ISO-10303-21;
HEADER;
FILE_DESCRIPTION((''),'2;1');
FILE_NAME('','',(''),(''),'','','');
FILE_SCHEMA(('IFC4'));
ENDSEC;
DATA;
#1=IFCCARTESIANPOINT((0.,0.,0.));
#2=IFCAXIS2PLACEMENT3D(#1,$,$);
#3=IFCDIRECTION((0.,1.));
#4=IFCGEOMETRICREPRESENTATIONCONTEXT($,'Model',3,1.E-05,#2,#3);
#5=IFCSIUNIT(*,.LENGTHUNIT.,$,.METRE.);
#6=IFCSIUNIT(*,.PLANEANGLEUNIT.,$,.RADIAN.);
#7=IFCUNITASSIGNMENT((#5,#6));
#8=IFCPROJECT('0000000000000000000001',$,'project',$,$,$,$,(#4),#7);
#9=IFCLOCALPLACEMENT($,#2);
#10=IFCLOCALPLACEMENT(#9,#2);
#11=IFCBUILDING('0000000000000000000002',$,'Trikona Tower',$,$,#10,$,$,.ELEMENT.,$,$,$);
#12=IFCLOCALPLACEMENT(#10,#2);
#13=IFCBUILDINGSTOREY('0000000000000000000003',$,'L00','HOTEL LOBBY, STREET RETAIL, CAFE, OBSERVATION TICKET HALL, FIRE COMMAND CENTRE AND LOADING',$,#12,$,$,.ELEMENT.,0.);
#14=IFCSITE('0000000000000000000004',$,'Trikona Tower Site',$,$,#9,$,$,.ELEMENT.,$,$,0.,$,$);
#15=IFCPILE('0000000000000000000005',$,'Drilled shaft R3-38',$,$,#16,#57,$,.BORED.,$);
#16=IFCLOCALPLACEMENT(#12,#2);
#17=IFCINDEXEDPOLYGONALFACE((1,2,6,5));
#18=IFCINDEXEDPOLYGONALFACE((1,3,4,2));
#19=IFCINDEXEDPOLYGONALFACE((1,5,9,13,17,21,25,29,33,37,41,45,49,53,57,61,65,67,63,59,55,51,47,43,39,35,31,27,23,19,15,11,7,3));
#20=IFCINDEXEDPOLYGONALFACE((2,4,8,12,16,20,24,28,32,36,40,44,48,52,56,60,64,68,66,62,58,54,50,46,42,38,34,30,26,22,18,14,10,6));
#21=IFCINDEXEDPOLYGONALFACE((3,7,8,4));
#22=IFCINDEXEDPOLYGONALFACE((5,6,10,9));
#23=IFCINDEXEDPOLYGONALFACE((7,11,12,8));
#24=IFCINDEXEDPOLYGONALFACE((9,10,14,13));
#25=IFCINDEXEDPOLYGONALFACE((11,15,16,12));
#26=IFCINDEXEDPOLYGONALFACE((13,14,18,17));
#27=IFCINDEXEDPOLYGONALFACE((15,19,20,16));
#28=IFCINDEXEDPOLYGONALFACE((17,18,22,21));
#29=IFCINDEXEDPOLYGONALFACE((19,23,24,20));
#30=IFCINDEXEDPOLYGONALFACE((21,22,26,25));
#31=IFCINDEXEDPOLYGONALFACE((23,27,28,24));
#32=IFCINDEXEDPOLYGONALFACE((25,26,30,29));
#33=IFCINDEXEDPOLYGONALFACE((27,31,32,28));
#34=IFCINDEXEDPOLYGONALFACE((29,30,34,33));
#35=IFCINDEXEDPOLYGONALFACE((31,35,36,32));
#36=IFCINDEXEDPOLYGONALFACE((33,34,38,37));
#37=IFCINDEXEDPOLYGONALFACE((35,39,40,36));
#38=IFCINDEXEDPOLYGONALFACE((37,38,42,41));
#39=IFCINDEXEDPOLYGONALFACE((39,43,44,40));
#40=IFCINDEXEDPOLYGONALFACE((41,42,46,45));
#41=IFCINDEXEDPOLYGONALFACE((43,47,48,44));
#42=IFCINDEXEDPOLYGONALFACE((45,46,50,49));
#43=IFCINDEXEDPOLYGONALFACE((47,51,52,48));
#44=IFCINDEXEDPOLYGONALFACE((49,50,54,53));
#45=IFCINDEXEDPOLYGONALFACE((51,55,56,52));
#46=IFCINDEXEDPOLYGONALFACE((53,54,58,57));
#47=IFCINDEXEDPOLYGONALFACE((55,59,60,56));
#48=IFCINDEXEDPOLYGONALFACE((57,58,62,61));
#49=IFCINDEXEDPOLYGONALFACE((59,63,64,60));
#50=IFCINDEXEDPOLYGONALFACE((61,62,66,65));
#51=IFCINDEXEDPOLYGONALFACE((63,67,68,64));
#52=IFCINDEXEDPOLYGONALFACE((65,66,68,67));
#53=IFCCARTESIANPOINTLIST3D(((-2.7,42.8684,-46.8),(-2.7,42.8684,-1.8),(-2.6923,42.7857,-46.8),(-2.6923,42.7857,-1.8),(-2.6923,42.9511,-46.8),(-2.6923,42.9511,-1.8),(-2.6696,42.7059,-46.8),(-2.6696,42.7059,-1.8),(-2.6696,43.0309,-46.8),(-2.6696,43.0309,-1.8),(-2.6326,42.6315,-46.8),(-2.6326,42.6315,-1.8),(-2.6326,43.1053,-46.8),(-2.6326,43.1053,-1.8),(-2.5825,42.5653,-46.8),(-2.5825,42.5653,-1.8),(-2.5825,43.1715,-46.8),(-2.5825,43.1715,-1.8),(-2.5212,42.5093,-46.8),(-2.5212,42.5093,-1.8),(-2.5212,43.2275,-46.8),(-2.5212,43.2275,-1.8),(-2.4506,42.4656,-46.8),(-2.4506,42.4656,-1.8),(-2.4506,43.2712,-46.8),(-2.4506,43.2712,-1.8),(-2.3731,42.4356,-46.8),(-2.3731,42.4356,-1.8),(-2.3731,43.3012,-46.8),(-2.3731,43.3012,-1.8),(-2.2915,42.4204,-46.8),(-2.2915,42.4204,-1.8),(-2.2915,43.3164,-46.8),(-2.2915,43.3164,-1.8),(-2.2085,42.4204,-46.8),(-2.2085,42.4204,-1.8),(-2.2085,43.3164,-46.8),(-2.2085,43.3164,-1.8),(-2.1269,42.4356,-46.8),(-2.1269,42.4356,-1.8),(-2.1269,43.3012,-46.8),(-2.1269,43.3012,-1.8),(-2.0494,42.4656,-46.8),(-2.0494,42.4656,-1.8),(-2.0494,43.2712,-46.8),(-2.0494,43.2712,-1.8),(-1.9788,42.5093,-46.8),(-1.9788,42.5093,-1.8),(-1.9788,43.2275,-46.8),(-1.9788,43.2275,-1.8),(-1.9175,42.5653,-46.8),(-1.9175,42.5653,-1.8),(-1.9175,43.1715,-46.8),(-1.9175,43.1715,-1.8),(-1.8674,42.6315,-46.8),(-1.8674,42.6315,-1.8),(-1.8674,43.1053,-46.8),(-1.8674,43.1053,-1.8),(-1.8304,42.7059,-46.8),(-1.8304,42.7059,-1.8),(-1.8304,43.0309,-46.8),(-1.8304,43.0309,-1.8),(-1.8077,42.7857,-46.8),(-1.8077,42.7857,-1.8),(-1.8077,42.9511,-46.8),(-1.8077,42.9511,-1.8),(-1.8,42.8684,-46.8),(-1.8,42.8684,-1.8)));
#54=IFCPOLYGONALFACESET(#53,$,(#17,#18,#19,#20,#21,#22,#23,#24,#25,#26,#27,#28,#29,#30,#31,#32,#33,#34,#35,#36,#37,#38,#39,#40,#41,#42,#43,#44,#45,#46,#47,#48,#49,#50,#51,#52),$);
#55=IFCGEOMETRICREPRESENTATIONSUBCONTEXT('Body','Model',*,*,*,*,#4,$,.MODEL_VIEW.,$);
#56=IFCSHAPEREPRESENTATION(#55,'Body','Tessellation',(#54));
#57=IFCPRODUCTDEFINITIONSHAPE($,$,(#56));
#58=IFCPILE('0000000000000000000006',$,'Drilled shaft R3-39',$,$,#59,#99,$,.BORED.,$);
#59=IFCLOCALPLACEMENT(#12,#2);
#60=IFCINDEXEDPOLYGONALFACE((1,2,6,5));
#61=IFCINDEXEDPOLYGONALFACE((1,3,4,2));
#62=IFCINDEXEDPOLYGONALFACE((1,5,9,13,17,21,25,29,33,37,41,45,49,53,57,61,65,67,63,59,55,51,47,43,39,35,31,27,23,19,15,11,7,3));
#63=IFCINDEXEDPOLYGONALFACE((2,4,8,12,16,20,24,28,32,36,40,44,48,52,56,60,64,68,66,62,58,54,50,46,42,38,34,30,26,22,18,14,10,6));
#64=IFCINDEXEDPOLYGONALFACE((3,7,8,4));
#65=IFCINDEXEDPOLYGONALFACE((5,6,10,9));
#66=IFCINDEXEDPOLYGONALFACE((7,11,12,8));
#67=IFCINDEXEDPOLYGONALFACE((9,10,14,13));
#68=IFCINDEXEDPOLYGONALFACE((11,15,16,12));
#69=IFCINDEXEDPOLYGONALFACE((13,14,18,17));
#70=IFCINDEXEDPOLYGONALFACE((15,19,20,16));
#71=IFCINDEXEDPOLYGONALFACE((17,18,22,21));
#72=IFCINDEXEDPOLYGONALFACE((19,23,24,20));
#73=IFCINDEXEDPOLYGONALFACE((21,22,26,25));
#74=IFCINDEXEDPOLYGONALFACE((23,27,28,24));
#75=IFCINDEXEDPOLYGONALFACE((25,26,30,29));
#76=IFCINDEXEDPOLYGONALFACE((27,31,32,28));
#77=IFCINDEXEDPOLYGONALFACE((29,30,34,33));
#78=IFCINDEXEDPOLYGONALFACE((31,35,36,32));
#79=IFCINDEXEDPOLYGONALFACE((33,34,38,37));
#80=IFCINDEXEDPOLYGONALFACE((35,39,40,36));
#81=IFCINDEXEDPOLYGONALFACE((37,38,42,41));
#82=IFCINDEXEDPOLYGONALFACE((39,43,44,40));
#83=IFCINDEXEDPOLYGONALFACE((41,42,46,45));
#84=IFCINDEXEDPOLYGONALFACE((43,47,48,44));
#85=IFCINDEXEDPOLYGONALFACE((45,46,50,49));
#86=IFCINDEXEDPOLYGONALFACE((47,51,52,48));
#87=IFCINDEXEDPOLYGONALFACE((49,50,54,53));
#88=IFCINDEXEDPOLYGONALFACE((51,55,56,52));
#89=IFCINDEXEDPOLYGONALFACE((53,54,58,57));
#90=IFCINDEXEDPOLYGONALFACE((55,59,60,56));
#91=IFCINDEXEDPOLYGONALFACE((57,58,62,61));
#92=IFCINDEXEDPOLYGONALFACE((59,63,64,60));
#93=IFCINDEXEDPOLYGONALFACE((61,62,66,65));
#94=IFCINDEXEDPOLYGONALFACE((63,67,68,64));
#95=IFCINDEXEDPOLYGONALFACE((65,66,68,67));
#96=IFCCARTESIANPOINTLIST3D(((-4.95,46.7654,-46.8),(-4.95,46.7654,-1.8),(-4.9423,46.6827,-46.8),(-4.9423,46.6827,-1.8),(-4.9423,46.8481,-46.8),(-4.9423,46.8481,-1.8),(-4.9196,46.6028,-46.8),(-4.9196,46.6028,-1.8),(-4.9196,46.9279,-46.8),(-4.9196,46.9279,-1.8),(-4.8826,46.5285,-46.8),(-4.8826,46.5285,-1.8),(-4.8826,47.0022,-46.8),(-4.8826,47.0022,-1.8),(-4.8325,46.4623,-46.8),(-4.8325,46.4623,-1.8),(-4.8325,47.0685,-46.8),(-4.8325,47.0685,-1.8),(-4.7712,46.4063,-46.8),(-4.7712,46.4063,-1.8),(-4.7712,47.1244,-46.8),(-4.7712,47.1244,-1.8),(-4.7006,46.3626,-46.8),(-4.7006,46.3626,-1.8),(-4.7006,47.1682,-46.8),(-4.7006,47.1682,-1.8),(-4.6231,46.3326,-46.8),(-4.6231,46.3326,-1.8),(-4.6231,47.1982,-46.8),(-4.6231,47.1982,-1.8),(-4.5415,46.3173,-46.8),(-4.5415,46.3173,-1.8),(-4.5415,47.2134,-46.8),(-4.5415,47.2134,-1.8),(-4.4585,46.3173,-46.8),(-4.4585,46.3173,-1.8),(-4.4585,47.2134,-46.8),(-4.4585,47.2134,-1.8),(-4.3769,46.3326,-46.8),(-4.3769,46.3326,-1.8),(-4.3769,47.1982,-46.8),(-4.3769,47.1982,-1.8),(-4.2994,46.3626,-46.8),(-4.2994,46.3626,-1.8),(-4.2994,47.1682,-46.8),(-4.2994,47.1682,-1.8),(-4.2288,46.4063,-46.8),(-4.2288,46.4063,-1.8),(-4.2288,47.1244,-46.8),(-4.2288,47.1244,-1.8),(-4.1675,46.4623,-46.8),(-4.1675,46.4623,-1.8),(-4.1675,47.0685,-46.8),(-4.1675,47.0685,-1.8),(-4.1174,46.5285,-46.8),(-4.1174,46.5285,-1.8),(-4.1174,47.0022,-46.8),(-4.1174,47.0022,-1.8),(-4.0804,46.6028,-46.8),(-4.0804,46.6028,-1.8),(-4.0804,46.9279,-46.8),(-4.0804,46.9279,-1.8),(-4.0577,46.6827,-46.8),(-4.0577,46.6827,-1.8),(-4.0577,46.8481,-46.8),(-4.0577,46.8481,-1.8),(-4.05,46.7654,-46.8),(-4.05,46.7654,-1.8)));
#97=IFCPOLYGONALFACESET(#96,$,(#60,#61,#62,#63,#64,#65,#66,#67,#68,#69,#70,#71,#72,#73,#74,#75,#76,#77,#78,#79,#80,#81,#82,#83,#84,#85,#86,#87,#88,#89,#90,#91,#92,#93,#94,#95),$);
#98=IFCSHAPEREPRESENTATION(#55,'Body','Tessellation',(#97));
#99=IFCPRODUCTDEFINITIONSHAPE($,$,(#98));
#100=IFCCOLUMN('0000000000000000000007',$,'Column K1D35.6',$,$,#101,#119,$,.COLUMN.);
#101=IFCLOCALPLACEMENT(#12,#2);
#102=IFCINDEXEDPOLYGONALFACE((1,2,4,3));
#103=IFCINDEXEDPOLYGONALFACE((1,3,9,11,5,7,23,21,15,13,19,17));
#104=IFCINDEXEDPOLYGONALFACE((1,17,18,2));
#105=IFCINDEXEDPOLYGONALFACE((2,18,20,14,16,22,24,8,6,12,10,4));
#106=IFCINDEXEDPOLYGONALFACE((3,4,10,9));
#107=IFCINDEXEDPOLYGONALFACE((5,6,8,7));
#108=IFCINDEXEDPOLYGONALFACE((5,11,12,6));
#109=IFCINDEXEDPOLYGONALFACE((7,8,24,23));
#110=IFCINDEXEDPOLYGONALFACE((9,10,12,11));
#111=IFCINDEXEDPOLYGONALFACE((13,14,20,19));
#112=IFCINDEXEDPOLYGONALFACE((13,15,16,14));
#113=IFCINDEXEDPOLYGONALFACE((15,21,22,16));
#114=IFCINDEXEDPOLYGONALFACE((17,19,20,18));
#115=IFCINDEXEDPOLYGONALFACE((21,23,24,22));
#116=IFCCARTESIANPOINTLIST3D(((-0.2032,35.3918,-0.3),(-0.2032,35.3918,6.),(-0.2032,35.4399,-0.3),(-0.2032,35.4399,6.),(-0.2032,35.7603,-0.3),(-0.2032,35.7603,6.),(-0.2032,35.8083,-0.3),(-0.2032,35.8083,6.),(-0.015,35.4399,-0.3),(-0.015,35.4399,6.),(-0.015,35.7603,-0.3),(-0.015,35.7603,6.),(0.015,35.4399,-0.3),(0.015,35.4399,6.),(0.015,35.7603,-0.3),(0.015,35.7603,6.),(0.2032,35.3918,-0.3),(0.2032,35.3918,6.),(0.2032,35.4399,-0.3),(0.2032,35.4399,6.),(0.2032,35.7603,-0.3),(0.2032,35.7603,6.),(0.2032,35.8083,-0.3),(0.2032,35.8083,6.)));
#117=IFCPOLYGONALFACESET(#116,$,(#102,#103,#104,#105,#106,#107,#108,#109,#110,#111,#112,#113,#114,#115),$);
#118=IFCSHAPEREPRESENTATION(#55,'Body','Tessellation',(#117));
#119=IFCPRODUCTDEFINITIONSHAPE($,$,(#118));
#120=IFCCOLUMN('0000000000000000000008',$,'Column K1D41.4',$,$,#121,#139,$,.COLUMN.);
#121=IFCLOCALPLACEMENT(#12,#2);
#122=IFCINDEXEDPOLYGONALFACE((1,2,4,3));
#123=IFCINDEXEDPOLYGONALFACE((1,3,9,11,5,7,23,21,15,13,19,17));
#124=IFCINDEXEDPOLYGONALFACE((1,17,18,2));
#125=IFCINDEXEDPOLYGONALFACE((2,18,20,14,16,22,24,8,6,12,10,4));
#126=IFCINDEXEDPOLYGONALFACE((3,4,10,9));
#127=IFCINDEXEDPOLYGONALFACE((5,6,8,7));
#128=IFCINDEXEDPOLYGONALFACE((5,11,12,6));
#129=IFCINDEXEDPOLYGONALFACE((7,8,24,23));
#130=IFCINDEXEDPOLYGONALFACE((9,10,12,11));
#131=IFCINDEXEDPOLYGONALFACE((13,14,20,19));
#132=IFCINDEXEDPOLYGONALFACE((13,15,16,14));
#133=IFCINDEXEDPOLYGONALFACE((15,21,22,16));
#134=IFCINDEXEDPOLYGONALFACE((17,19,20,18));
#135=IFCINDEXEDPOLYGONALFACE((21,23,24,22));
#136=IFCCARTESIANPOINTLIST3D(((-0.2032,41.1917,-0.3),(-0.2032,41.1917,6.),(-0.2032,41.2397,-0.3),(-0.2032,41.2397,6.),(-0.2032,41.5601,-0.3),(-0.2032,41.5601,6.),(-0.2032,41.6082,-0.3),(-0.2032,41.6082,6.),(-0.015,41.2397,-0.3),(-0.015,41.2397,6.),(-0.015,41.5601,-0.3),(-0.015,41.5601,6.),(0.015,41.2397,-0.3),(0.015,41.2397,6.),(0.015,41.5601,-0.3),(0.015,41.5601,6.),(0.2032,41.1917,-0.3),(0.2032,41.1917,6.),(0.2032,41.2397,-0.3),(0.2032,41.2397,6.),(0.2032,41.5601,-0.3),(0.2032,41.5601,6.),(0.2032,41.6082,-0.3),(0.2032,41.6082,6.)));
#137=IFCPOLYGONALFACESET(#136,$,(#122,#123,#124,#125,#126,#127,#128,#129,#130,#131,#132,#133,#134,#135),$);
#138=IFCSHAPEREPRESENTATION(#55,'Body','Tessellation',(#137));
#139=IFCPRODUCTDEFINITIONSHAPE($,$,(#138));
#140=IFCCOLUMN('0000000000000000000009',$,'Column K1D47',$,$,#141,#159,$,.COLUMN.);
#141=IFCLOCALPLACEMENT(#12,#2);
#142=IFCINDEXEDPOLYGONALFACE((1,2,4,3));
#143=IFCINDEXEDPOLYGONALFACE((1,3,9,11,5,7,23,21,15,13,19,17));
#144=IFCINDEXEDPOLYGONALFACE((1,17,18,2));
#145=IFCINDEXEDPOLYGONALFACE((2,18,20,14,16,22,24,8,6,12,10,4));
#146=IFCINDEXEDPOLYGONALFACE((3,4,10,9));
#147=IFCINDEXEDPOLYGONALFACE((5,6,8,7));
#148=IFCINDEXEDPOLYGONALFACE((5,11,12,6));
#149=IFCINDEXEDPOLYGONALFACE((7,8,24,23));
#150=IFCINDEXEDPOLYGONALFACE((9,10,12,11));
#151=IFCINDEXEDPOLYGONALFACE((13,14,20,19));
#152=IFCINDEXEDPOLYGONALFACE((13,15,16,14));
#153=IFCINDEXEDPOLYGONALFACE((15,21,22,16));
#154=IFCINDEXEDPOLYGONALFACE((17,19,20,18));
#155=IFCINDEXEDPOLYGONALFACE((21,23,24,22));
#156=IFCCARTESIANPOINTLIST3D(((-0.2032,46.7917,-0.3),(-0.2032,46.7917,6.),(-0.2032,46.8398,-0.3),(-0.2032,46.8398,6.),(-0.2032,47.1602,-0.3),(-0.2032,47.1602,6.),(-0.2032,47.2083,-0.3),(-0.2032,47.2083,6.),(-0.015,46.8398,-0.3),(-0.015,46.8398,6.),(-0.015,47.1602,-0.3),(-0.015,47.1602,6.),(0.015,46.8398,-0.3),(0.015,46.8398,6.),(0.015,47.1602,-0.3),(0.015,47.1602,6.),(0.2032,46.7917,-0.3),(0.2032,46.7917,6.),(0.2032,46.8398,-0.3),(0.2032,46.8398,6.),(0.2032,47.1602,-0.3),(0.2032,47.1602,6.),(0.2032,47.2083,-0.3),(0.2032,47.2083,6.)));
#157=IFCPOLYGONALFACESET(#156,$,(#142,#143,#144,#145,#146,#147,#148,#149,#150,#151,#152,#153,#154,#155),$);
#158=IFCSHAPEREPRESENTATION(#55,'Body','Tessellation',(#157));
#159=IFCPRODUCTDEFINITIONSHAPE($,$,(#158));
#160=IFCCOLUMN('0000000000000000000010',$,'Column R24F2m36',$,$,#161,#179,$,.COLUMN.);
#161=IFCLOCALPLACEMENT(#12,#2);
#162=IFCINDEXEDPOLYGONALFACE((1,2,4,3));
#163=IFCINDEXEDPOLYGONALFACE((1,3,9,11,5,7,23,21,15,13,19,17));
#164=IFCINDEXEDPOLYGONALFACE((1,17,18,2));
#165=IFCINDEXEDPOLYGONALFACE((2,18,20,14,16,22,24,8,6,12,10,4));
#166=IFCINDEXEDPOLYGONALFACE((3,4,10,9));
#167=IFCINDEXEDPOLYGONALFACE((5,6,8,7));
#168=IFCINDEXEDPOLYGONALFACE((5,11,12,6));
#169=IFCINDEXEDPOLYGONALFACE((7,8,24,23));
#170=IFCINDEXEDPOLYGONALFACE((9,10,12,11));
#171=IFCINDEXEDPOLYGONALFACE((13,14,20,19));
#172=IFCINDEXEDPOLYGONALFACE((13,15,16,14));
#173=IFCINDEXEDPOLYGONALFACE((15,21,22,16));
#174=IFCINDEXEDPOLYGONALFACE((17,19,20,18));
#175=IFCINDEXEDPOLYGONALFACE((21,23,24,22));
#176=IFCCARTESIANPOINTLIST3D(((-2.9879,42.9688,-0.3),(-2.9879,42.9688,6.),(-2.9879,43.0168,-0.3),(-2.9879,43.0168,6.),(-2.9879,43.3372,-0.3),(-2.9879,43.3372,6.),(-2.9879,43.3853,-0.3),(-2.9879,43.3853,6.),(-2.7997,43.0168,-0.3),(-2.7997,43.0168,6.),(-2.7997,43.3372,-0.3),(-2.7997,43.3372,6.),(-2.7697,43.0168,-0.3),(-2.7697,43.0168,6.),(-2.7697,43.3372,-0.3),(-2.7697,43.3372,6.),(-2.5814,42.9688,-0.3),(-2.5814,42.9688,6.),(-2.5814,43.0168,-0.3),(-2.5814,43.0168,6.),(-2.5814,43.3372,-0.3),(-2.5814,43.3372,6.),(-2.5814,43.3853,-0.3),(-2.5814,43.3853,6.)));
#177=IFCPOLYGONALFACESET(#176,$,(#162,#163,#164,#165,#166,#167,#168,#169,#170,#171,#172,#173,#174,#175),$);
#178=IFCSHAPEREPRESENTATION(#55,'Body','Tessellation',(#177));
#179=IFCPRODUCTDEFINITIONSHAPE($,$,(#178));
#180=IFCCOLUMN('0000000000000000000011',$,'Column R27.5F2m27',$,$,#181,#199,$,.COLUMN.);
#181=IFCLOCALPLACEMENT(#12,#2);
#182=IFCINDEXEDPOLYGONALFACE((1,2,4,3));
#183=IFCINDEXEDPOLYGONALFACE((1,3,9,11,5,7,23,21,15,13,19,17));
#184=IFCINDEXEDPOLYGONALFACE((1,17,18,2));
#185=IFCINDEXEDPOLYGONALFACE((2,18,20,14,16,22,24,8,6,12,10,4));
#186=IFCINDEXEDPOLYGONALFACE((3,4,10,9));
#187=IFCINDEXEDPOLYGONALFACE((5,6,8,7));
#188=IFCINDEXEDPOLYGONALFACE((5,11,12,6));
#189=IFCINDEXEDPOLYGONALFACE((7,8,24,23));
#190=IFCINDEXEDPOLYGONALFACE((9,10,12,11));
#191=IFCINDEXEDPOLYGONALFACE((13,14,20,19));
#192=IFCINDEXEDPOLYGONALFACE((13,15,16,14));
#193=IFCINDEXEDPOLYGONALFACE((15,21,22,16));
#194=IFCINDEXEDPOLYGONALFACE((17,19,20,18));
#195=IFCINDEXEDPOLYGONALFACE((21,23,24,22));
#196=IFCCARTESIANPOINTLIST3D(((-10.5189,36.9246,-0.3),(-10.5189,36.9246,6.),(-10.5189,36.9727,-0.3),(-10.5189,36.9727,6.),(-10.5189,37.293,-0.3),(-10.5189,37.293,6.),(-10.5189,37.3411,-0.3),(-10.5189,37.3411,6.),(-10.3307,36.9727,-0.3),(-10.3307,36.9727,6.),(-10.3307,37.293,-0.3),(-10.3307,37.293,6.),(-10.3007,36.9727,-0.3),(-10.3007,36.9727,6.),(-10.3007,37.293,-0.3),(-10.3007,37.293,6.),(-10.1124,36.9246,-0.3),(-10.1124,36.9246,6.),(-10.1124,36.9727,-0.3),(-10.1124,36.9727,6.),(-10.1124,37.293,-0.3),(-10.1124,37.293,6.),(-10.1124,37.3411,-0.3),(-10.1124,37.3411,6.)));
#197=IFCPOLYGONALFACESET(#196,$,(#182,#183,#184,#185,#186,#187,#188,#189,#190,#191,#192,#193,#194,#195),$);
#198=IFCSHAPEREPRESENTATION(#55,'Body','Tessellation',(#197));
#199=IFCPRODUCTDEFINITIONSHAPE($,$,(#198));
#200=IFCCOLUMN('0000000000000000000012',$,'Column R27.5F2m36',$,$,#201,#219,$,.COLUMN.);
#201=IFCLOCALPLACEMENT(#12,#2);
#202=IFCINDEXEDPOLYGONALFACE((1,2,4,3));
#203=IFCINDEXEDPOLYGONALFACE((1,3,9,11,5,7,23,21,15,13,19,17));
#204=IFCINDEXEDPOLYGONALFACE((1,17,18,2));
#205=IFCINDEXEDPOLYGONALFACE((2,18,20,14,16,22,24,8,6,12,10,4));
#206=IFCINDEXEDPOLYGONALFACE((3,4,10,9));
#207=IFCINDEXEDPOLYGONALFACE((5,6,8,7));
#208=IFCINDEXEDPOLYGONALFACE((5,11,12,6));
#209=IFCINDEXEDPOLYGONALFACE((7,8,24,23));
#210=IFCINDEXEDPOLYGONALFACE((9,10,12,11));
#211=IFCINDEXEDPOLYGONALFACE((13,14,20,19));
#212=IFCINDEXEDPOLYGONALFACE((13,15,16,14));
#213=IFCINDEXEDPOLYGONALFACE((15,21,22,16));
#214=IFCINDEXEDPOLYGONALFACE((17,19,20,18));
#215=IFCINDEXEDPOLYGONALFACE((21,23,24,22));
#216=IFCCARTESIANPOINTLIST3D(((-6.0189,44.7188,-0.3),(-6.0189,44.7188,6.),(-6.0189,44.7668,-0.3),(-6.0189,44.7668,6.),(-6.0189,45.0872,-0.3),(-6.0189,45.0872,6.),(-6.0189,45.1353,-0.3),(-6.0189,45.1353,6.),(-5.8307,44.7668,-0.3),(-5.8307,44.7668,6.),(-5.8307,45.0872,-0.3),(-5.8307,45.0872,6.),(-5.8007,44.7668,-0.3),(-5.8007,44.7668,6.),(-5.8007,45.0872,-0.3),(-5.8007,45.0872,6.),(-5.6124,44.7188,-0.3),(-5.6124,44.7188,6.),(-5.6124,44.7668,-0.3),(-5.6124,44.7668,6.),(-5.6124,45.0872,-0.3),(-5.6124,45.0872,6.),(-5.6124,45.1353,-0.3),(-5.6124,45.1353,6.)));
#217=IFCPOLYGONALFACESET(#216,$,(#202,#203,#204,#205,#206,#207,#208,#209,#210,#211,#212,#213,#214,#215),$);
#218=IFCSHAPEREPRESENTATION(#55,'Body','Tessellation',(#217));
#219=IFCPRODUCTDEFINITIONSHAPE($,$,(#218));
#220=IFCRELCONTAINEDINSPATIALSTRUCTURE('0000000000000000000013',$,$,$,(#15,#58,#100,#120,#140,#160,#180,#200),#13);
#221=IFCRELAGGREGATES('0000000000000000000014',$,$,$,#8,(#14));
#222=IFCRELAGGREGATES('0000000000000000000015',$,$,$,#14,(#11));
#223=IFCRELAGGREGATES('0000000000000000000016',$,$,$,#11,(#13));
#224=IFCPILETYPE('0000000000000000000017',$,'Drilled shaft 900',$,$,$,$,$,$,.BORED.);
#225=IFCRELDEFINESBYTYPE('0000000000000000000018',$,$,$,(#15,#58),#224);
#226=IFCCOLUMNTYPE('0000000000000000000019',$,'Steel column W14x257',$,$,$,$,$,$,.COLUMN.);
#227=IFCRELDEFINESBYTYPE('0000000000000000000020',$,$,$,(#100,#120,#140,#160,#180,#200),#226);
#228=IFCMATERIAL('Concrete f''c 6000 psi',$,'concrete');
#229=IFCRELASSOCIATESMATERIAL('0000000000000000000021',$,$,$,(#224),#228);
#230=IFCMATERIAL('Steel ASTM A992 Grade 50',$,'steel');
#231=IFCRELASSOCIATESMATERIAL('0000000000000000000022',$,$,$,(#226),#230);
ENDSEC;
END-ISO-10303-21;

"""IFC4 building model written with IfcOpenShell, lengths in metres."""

from ifc_helpers import new_model, si_unit, direction, frame, origin, origin_2d, place, context, subcontext, project, spatial, circle, i_section, extrude, material, material_profile, profile_set, type_object, element, save


model = new_model("IFC4")

# Units and contexts
model_context = context("Model", 3, precision=1e-05, world=origin(), true_north=direction((0.0, 1.0)))
body_context = subcontext(model_context, "Body", "Model", "MODEL_VIEW")
ifc_project = project(units=[si_unit("LENGTHUNIT", "METRE"), si_unit("PLANEANGLEUNIT", "RADIAN")], contexts=[model_context])

# Site, building, storey
site_placement = place(None, origin())
site = spatial("IfcSite", under=ifc_project, at=site_placement, Name="Trikona Tower Site", CompositionType="ELEMENT", RefElevation=0.0)
building_placement = place(site_placement, origin())
building = spatial("IfcBuilding", under=site, at=building_placement, Name="Trikona Tower", CompositionType="ELEMENT")
storey_placement = place(building_placement, origin())
storey = spatial("IfcBuildingStorey", under=building, at=storey_placement, Name="L00", Description="HOTEL LOBBY, STREET RETAIL, CAFE, OBSERVATION TICKET HALL, FIRE COMMAND CENTRE AND LOADING", CompositionType="ELEMENT", Elevation=0.0)

# Piles
ifc_material_1 = material(Name="Concrete f'c 6000 psi", Category="concrete")
pile_type = type_object("IfcPileType", Name="Drilled shaft 900", PredefinedType="BORED", material=ifc_material_1)
for number, where, z_axis, x_axis, name in (
    (1, (-2.25, 42.8684, -1.8), (0.0, 0.0, -1.0), (1.0, 0.0, 0.0), "Drilled shaft R3-38"),
    (2, (-4.5, 46.7654, -1.8), (0.0, 0.0, -1.0), (1.0, 0.0, 0.0), "Drilled shaft R3-39"),
):
    element("IfcPile", number, at=place(storey_placement, frame(where, z_axis=z_axis, x_axis=x_axis)), inside=storey, type_object=pile_type, Name=name, PredefinedType="BORED", context=body_context, shape_type="SweptSolid", body=[
        extrude(circle(Radius=0.45, at=origin_2d()), origin(), (0.0, 0.0, 1.0), 45.0),
    ])

# Columns
ifc_material_2 = material(Name="Steel ASTM A992 Grade 50", Category="steel")
ifc_material_profile_1 = material_profile(ifc_material_2, i_section(OverallWidth=0.4065, OverallDepth=0.4165, WebThickness=0.03, FlangeThickness=0.0481, at=origin_2d()), Name="W14X257")
ifc_profile_set_1 = profile_set([ifc_material_profile_1], Name="Steel ASTM A992 Grade 50")
column_type = type_object("IfcColumnType", Name="Steel column W14x257", PredefinedType="COLUMN", material=ifc_profile_set_1)
for number, where, z_axis, x_axis, name in (
    (3, (0.0, 35.6001, -0.3), (0.0, 0.0, 1.0), (1.0, 0.0, 0.0), "Column K1D35.6"),
    (4, (0.0, 41.3999, -0.3), (0.0, 0.0, 1.0), (1.0, 0.0, 0.0), "Column K1D41.4"),
    (5, (0.0, 47.0, -0.3), (0.0, 0.0, 1.0), (1.0, 0.0, 0.0), "Column K1D47"),
    (6, (-2.7847, 43.177, -0.3), (0.0, 0.0, 1.0), (1.0, 0.0, 0.0), "Column R24F2m36"),
    (7, (-10.3157, 37.1328, -0.3), (0.0, 0.0, 1.0), (1.0, 0.0, 0.0), "Column R27.5F2m27"),
    (8, (-5.8157, 44.927, -0.3), (0.0, 0.0, 1.0), (1.0, 0.0, 0.0), "Column R27.5F2m36"),
):
    element("IfcColumn", number, at=place(storey_placement, frame(where, z_axis=z_axis, x_axis=x_axis)), inside=storey, type_object=column_type, Name=name, PredefinedType="COLUMN", context=body_context, shape_type="SweptSolid", body=[
        extrude(i_section(OverallWidth=0.4065, OverallDepth=0.4165, WebThickness=0.03, FlangeThickness=0.0481, at=origin_2d()), origin(), (0.0, 0.0, 1.0), 6.3),
    ])

save(model, "model.ifc")
